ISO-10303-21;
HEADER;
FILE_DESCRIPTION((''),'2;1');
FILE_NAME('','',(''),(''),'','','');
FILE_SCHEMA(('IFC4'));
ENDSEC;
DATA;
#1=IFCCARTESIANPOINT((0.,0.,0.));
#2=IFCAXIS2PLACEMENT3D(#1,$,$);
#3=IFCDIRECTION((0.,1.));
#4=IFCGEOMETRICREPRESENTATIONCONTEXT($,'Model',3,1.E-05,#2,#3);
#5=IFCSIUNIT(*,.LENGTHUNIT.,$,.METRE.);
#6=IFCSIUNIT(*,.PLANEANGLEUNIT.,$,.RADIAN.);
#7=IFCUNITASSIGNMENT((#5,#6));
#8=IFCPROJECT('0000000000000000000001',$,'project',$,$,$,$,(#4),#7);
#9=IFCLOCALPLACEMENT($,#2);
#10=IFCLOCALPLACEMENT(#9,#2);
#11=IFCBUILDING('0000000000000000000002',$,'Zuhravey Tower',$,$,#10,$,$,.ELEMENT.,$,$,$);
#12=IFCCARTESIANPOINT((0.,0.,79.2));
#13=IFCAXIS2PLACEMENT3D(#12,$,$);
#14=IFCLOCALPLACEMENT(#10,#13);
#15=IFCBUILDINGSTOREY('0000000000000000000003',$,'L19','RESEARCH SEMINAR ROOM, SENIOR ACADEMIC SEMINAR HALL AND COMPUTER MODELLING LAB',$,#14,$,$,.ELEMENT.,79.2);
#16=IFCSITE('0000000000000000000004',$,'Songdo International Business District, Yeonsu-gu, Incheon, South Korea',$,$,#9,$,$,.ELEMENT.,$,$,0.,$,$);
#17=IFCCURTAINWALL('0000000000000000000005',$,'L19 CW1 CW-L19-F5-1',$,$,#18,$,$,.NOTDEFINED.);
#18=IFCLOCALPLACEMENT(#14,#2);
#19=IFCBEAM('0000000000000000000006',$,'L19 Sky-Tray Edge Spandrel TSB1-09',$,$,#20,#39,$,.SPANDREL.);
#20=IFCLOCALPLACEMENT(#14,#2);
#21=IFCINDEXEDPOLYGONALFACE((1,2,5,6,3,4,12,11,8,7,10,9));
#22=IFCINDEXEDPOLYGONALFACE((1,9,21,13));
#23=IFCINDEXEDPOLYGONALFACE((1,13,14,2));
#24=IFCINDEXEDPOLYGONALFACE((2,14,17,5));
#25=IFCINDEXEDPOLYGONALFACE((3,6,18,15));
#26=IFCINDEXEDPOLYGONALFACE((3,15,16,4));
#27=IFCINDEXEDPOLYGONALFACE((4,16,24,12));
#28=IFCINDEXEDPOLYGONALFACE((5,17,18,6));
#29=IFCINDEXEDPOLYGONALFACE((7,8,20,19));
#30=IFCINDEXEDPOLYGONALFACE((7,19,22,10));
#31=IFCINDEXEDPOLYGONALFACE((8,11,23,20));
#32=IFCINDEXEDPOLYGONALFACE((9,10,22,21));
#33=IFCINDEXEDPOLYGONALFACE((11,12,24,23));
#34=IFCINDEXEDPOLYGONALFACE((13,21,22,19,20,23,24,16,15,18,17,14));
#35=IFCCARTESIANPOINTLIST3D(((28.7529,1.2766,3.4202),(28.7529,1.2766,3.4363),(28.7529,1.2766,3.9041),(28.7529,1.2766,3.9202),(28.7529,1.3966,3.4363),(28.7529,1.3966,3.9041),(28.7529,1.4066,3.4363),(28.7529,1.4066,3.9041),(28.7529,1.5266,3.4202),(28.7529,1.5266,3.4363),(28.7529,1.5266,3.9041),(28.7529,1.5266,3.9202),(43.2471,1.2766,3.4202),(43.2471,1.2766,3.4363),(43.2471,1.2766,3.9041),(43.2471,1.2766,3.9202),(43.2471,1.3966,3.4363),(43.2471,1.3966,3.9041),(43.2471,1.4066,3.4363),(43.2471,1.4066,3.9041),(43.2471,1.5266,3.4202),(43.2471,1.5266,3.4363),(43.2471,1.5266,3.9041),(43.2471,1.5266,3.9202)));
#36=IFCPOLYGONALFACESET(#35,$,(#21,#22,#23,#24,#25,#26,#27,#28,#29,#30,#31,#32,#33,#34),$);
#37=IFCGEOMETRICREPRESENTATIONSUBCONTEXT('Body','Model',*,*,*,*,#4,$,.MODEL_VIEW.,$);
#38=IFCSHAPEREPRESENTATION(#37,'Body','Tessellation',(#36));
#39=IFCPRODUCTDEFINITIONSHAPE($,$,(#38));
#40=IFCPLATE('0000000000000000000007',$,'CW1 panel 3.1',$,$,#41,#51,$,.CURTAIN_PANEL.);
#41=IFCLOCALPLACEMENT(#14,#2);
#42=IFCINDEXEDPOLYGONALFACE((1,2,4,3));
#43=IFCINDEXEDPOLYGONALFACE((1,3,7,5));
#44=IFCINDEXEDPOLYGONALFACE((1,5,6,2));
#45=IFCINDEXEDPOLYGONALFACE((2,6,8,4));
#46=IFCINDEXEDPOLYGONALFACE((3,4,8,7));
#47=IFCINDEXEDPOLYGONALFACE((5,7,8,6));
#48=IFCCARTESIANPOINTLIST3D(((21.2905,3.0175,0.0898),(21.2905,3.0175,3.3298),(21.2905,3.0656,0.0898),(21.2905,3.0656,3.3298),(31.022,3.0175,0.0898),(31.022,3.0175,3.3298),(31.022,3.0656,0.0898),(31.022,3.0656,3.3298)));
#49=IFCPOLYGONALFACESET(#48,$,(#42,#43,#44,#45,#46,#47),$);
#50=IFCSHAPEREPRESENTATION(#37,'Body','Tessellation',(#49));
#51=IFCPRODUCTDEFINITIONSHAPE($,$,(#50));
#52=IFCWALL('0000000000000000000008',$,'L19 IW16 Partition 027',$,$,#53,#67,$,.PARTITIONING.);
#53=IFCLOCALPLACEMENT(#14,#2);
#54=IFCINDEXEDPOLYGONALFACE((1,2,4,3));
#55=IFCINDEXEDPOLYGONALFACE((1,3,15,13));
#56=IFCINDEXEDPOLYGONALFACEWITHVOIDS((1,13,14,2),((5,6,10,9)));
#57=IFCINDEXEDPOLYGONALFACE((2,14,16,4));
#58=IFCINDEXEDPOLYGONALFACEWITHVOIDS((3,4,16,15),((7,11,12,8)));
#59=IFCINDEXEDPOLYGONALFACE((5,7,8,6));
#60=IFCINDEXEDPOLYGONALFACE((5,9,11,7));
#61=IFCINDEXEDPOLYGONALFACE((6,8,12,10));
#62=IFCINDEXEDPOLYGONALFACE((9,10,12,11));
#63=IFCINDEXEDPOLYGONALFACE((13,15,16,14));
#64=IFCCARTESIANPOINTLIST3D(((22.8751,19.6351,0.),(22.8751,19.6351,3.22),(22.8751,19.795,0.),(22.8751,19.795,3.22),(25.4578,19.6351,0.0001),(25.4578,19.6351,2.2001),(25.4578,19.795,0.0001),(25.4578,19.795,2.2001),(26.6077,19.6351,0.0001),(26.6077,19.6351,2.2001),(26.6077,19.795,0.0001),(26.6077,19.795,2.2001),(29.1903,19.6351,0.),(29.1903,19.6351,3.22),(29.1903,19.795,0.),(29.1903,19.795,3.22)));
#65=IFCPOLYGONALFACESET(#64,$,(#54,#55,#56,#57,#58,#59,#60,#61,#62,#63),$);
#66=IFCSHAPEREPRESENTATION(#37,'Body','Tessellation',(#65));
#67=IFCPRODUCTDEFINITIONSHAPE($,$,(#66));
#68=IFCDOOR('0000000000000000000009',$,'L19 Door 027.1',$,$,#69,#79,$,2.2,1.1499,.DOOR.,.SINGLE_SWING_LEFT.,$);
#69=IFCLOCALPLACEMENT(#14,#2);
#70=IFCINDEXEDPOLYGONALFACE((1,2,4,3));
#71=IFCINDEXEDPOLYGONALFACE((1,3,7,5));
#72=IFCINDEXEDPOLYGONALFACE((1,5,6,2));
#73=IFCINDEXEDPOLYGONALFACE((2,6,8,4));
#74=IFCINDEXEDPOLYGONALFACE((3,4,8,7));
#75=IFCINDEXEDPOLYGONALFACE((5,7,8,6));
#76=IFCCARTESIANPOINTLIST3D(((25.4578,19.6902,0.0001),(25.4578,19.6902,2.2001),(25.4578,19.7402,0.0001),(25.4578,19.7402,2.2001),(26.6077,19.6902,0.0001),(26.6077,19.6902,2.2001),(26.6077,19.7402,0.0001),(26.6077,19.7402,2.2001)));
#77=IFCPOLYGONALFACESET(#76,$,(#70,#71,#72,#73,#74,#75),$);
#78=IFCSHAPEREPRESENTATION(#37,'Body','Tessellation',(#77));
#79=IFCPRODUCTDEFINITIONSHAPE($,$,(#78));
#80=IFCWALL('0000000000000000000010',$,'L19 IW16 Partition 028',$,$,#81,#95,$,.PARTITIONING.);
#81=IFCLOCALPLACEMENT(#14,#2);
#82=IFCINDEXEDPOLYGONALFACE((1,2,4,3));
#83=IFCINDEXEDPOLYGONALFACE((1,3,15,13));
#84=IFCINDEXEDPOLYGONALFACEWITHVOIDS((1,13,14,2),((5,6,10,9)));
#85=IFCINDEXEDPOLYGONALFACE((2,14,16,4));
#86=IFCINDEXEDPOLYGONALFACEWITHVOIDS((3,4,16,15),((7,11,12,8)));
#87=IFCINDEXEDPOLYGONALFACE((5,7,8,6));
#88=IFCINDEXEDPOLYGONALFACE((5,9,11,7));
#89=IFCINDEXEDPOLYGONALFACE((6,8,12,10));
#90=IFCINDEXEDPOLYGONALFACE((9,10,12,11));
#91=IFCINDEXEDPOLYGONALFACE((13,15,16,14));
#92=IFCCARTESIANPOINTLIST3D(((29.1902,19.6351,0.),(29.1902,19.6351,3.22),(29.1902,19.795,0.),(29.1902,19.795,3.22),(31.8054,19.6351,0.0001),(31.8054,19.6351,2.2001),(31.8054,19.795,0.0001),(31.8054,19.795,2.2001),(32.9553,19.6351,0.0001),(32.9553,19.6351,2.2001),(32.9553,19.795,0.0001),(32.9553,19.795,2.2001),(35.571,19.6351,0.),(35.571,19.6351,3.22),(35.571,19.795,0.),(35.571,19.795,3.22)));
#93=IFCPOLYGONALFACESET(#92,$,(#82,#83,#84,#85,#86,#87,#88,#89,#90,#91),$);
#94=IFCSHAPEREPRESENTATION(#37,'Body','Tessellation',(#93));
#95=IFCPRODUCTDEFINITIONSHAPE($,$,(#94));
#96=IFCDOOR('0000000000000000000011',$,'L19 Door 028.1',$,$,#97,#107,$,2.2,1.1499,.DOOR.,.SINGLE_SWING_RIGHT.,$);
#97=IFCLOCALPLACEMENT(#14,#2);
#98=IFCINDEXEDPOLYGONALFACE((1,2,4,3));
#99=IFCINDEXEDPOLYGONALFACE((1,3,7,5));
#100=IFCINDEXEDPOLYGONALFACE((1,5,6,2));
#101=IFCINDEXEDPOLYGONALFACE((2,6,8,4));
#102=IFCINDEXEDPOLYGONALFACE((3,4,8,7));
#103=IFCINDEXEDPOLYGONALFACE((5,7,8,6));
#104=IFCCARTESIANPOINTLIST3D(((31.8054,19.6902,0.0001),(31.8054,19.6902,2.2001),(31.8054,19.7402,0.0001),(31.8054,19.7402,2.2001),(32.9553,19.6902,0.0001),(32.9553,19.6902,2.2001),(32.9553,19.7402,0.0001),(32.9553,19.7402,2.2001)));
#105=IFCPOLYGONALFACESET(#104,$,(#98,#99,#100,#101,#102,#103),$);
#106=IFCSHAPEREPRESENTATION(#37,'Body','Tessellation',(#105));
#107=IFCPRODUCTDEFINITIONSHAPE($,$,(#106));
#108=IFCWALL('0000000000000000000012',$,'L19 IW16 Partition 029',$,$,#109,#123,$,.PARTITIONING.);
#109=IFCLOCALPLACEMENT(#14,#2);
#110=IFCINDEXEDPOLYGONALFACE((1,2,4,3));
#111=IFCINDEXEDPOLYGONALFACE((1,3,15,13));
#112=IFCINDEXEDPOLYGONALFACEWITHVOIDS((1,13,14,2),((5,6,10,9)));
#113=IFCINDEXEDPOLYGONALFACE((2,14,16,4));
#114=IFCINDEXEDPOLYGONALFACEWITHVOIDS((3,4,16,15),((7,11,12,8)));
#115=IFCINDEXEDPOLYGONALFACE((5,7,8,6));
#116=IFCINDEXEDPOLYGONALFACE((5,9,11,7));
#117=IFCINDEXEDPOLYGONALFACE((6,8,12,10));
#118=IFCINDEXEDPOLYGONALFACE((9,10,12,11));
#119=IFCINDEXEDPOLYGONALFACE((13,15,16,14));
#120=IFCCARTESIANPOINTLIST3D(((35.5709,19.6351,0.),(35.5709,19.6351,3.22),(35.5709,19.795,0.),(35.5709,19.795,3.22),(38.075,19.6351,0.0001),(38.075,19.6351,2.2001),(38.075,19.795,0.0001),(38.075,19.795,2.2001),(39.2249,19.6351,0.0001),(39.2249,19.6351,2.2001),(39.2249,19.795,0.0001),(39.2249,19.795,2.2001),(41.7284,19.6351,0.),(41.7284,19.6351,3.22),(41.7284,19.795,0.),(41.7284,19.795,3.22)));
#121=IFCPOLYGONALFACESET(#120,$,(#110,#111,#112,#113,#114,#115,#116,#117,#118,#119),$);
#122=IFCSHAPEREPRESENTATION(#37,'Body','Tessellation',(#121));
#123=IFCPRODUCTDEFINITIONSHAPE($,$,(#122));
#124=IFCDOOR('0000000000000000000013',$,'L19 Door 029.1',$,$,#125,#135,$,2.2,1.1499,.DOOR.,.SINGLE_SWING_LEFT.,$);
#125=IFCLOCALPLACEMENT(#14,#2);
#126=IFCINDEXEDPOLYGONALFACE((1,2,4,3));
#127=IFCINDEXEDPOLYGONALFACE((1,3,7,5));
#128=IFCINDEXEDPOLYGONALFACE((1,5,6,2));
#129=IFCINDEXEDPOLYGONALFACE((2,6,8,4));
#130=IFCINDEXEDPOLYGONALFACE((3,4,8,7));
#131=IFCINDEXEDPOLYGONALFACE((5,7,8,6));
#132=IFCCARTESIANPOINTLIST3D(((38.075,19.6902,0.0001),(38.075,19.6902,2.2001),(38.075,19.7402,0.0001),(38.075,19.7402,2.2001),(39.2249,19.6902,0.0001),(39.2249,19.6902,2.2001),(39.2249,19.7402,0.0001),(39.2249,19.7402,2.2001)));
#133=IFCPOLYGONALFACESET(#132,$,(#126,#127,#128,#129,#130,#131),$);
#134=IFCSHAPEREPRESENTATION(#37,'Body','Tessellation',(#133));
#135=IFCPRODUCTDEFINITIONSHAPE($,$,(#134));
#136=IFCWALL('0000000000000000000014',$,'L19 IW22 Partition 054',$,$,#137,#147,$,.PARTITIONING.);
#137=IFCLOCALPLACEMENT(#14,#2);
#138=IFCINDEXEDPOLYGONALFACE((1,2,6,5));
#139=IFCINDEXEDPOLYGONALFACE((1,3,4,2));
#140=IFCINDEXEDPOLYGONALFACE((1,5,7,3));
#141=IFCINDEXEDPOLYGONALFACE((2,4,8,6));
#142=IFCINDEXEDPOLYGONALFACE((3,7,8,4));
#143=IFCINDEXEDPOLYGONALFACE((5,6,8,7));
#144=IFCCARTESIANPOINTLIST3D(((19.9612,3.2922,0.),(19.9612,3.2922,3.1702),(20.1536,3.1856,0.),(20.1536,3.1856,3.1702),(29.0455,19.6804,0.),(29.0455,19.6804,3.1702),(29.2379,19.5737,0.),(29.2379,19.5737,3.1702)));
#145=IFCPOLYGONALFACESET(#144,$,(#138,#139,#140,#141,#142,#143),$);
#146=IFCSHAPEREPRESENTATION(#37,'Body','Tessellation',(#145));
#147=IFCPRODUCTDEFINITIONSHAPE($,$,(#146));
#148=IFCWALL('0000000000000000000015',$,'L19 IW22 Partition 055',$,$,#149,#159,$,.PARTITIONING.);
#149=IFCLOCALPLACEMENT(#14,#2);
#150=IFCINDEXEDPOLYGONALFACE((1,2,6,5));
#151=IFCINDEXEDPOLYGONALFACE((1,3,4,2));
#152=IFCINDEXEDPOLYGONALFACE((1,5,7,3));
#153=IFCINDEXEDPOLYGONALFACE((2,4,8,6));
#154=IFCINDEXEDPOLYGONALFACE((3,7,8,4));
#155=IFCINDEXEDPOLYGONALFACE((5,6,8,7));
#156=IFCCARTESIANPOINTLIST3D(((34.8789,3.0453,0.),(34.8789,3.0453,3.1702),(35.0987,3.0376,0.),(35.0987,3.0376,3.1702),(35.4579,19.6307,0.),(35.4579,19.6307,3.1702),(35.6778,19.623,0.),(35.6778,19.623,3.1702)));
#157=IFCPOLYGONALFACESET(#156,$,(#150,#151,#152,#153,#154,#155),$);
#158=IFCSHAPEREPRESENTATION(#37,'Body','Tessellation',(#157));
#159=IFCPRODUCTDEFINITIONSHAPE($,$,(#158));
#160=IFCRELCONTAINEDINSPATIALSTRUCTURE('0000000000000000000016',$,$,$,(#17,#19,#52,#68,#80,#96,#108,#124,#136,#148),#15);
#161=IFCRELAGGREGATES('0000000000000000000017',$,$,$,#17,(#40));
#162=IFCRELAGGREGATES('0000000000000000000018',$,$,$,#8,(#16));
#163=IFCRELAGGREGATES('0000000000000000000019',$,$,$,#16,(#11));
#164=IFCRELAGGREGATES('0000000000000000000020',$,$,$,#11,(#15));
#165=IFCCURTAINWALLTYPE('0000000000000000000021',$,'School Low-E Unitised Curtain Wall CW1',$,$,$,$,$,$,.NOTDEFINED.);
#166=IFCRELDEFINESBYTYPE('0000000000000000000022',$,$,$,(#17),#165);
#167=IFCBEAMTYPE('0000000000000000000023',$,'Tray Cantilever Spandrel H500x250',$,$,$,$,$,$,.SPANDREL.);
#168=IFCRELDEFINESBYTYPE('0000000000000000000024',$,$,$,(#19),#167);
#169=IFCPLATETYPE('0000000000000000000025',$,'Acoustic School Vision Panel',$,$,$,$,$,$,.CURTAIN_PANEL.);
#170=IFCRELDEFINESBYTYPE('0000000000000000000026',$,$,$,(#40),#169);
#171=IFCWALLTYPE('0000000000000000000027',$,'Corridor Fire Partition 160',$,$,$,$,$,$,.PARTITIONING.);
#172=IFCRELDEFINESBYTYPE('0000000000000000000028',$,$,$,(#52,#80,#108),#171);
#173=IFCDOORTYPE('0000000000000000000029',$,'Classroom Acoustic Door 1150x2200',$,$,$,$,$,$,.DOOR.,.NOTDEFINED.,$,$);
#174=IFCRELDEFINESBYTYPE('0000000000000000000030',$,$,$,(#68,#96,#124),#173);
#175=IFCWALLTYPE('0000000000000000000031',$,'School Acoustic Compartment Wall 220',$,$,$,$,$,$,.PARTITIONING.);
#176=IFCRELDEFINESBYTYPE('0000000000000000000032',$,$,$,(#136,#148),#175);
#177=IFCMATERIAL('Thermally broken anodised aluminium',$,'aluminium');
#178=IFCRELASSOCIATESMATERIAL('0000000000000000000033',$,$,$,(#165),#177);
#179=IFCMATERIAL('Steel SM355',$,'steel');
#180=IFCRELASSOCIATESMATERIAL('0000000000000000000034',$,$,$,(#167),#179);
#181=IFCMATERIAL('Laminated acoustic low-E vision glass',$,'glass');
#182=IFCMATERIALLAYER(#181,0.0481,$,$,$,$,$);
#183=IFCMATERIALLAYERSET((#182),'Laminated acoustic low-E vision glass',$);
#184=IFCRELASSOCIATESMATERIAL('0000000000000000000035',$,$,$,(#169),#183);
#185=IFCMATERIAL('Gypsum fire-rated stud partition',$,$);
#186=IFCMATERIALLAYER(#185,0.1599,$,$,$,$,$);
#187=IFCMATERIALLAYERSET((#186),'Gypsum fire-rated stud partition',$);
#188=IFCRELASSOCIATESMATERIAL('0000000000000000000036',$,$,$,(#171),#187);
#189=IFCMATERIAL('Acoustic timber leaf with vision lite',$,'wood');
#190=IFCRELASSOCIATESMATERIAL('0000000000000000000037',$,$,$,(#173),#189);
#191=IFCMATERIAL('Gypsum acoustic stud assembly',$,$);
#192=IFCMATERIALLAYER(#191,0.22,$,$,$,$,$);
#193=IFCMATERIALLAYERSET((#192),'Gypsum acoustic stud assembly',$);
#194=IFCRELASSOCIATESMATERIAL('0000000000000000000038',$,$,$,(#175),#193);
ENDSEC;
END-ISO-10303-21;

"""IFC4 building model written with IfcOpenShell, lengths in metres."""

from ifc_helpers import new_model, si_unit, direction, frame, frame_2d, origin, origin_2d, place, context, subcontext, project, spatial, rectangle, i_section, extrude, material, layer, layer_set, material_profile, profile_set, type_object, element, fill, aggregate, save


model = new_model("IFC4")

# Units and contexts
model_context = context("Model", 3, precision=1e-05, world=origin(), true_north=direction((0.0, 1.0)))
body_context = subcontext(model_context, "Body", "Model", "MODEL_VIEW")
ifc_project = project(units=[si_unit("LENGTHUNIT", "METRE"), si_unit("PLANEANGLEUNIT", "RADIAN")], contexts=[model_context])

# Site, building, storey
site_placement = place(None, origin())
site = spatial("IfcSite", under=ifc_project, at=site_placement, Name="Songdo International Business District, Yeonsu-gu, Incheon, South Korea", CompositionType="ELEMENT", RefElevation=0.0)
building_placement = place(site_placement, origin())
building = spatial("IfcBuilding", under=site, at=building_placement, Name="Zuhravey Tower", CompositionType="ELEMENT")
storey_placement = place(building_placement, frame((0.0, 0.0, 79.2)))
storey = spatial("IfcBuildingStorey", under=building, at=storey_placement, Name="L19", Description="RESEARCH SEMINAR ROOM, SENIOR ACADEMIC SEMINAR HALL AND COMPUTER MODELLING LAB", CompositionType="ELEMENT", Elevation=79.2)

# Curtain wall
ifc_material_1 = material(Name="Thermally broken anodised aluminium", Category="aluminium")
curtain_wall_type = type_object("IfcCurtainWallType", Name="School Low-E Unitised Curtain Wall CW1", PredefinedType="NOTDEFINED", material=ifc_material_1)
curtain_wall_placement = place(storey_placement, origin())
curtain_wall = element("IfcCurtainWall", 1, at=curtain_wall_placement, inside=storey, type_object=curtain_wall_type, Name="L19 CW1 CW-L19-F5-1", PredefinedType="NOTDEFINED")

# Beam
ifc_material_2 = material(Name="Steel SM355", Category="steel")
ifc_material_profile_1 = material_profile(ifc_material_2, i_section(OverallWidth=0.25, OverallDepth=0.5, WebThickness=0.01, FlangeThickness=0.0161, at=origin_2d()), Name="H-500x250x10x16")
ifc_profile_set_1 = profile_set([ifc_material_profile_1], Name="Steel SM355")
beam_type_1 = type_object("IfcBeamType", Name="Tray Cantilever Spandrel H500x250", PredefinedType="SPANDREL", material=ifc_profile_set_1)
beam_1_placement = place(storey_placement, frame((28.7529, 1.4016, 3.6702), z_axis=(1.0, 0.0, 0.0), x_axis=(0.0, 1.0, 0.0)))
element("IfcBeam", 2, at=beam_1_placement, inside=storey, type_object=beam_type_1, Name="L19 Sky-Tray Edge Spandrel TSB1-09", PredefinedType="SPANDREL", context=body_context, shape_type="SweptSolid", body=[
    extrude(i_section(OverallWidth=0.25, OverallDepth=0.5, WebThickness=0.01, FlangeThickness=0.0161, at=origin_2d()), origin(), (0.0, 0.0, 1.0), 14.4941),
])

# Plate
ifc_material_3 = material(Name="Laminated acoustic low-E vision glass", Category="glass")
ifc_layer_1 = layer(ifc_material_3, 0.0481)
ifc_layer_set_1 = layer_set([ifc_layer_1], Name="Laminated acoustic low-E vision glass")
plate_type = type_object("IfcPlateType", Name="Acoustic School Vision Panel", PredefinedType="CURTAIN_PANEL", material=ifc_layer_set_1)
plate_placement = place(storey_placement, frame((26.1562, 3.0415, 0.0898), z_axis=(0.0, 0.0, 1.0), x_axis=(-1.0, 0.0, 0.0)))
plate = element("IfcPlate", 3, at=plate_placement, type_object=plate_type, Name="CW1 panel 3.1", PredefinedType="CURTAIN_PANEL", context=body_context, shape_type="SweptSolid", body=[
    extrude(rectangle(XDim=9.7314, YDim=0.0481, at=origin_2d()), origin(), (0.0, 0.0, 1.0), 3.24),
])
aggregate(curtain_wall, [plate])

# Walls, openings, doors
ifc_material_4 = material(Name="Gypsum fire-rated stud partition")
ifc_layer_2 = layer(ifc_material_4, 0.1599)
ifc_layer_set_2 = layer_set([ifc_layer_2], Name="Gypsum fire-rated stud partition")
wall_type_1 = type_object("IfcWallType", Name="Corridor Fire Partition 160", PredefinedType="PARTITIONING", material=ifc_layer_set_2)
wall_1_placement = place(storey_placement, frame((22.875, 19.7151, 0.0), z_axis=(0.0, 0.0, 1.0), x_axis=(1.0, 0.0, 0.0)))
wall_1 = element("IfcWall", 4, at=wall_1_placement, inside=storey, type_object=wall_type_1, Name="L19 IW16 Partition 027", PredefinedType="PARTITIONING", context=body_context, shape_type="SweptSolid", body=[
    extrude(rectangle(XDim=6.3152, YDim=0.1599, at=frame_2d((3.1577, 0.0))), origin(), (0.0, 0.0, 1.0), 3.22),
])
opening_1_placement = place(wall_1_placement, frame((2.5828, 0.0, 0.0)))
opening_1 = element("IfcOpeningElement", 5, at=opening_1_placement, cuts=wall_1, PredefinedType="OPENING", context=body_context, shape_type="SweptSolid", body=[
    extrude(rectangle(XDim=1.1499, YDim=2.2, at=frame_2d((0.575, 1.1001))), frame((0.0, 0.092, 0.0), z_axis=(0.0, -1.0, 0.0), x_axis=(1.0, 0.0, 0.0)), (0.0, 0.0, 1.0), 0.1838),
])
ifc_material_5 = material(Name="Acoustic timber leaf with vision lite", Category="wood")
door_type = type_object("IfcDoorType", Name="Classroom Acoustic Door 1150x2200", OperationType="NOTDEFINED", PredefinedType="DOOR", material=ifc_material_5)
door_1_placement = place(opening_1_placement, frame((1.1499, 0.0, 0.0), z_axis=(0.0, 0.0, 1.0), x_axis=(-1.0, 0.0, 0.0)))
door_1 = element("IfcDoor", 6, at=door_1_placement, inside=storey, type_object=door_type, Name="L19 Door 027.1", OperationType="SINGLE_SWING_LEFT", OverallHeight=2.2, OverallWidth=1.1499, PredefinedType="DOOR", context=body_context, shape_type="SweptSolid", body=[
    extrude(rectangle(XDim=1.1499, YDim=2.2, at=frame_2d((0.575, 1.1001))), frame((0.0, 0.0249, 0.0), z_axis=(0.0, -1.0, 0.0), x_axis=(1.0, 0.0, 0.0)), (0.0, 0.0, 1.0), 0.05),
])
fill(opening_1, door_1)
wall_2_placement = place(storey_placement, frame((29.1902, 19.7151, 0.0), z_axis=(0.0, 0.0, 1.0), x_axis=(1.0, 0.0, 0.0)))
wall_2 = element("IfcWall", 7, at=wall_2_placement, inside=storey, type_object=wall_type_1, Name="L19 IW16 Partition 028", PredefinedType="PARTITIONING", context=body_context, shape_type="SweptSolid", body=[
    extrude(rectangle(XDim=6.3809, YDim=0.1599, at=frame_2d((3.1904, 0.0))), origin(), (0.0, 0.0, 1.0), 3.22),
])
opening_2_placement = place(wall_2_placement, frame((2.6152, 0.0, 0.0)))
opening_2 = element("IfcOpeningElement", 8, at=opening_2_placement, cuts=wall_2, PredefinedType="OPENING", context=body_context, shape_type="SweptSolid", body=[
    extrude(rectangle(XDim=1.1499, YDim=2.2, at=frame_2d((0.575, 1.1001))), frame((0.0, 0.092, 0.0), z_axis=(0.0, -1.0, 0.0), x_axis=(1.0, 0.0, 0.0)), (0.0, 0.0, 1.0), 0.1838),
])
door_2_placement = place(opening_2_placement, frame((1.1499, 0.0, 0.0), z_axis=(0.0, 0.0, 1.0), x_axis=(-1.0, 0.0, 0.0)))
door_2 = element("IfcDoor", 9, at=door_2_placement, inside=storey, type_object=door_type, Name="L19 Door 028.1", OperationType="SINGLE_SWING_RIGHT", OverallHeight=2.2, OverallWidth=1.1499, PredefinedType="DOOR", context=body_context, shape_type="SweptSolid", body=[
    extrude(rectangle(XDim=1.1499, YDim=2.2, at=frame_2d((0.575, 1.1001))), frame((0.0, 0.0249, 0.0), z_axis=(0.0, -1.0, 0.0), x_axis=(1.0, 0.0, 0.0)), (0.0, 0.0, 1.0), 0.05),
])
fill(opening_2, door_2)
wall_3_placement = place(storey_placement, frame((35.571, 19.7151, 0.0), z_axis=(0.0, 0.0, 1.0), x_axis=(1.0, 0.0, 0.0)))
wall_3 = element("IfcWall", 10, at=wall_3_placement, inside=storey, type_object=wall_type_1, Name="L19 IW16 Partition 029", PredefinedType="PARTITIONING", context=body_context, shape_type="SweptSolid", body=[
    extrude(rectangle(XDim=6.1575, YDim=0.1599, at=frame_2d((3.0786, 0.0))), origin(), (0.0, 0.0, 1.0), 3.22),
])
opening_3_placement = place(wall_3_placement, frame((2.5039, 0.0, 0.0)))
opening_3 = element("IfcOpeningElement", 11, at=opening_3_placement, cuts=wall_3, PredefinedType="OPENING", context=body_context, shape_type="SweptSolid", body=[
    extrude(rectangle(XDim=1.1499, YDim=2.2, at=frame_2d((0.575, 1.1001))), frame((0.0, 0.092, 0.0), z_axis=(0.0, -1.0, 0.0), x_axis=(1.0, 0.0, 0.0)), (0.0, 0.0, 1.0), 0.1838),
])
door_3_placement = place(opening_3_placement, frame((1.1499, 0.0, 0.0), z_axis=(0.0, 0.0, 1.0), x_axis=(-1.0, 0.0, 0.0)))
door_3 = element("IfcDoor", 12, at=door_3_placement, inside=storey, type_object=door_type, Name="L19 Door 029.1", OperationType="SINGLE_SWING_LEFT", OverallHeight=2.2, OverallWidth=1.1499, PredefinedType="DOOR", context=body_context, shape_type="SweptSolid", body=[
    extrude(rectangle(XDim=1.1499, YDim=2.2, at=frame_2d((0.575, 1.1001))), frame((0.0, 0.0249, 0.0), z_axis=(0.0, -1.0, 0.0), x_axis=(1.0, 0.0, 0.0)), (0.0, 0.0, 1.0), 0.05),
])
fill(opening_3, door_3)

# Walls
ifc_material_6 = material(Name="Gypsum acoustic stud assembly")
ifc_layer_3 = layer(ifc_material_6, 0.22)
ifc_layer_set_3 = layer_set([ifc_layer_3], Name="Gypsum acoustic stud assembly")
wall_type_2 = type_object("IfcWallType", Name="School Acoustic Compartment Wall 220", PredefinedType="PARTITIONING", material=ifc_layer_set_3)
wall_4_placement = place(storey_placement, frame((29.1416, 19.627, 0.0), z_axis=(0.0, 0.0, 1.0), x_axis=(-0.484814, -0.874617, 0.0)))
element("IfcWall", 13, at=wall_4_placement, inside=storey, type_object=wall_type_2, Name="L19 IW22 Partition 054", PredefinedType="PARTITIONING", context=body_context, shape_type="SweptSolid", body=[
    extrude(rectangle(XDim=18.7375, YDim=0.22, at=frame_2d((9.3687, 0.0))), origin(), (0.0, 0.0, 1.0), 3.1702),
])
wall_5_placement = place(storey_placement, frame((35.5679, 19.627, 0.0), z_axis=(0.0, 0.0, 1.0), x_axis=(-0.034895, -0.999391, 0.0)))
element("IfcWall", 14, at=wall_5_placement, inside=storey, type_object=wall_type_2, Name="L19 IW22 Partition 055", PredefinedType="PARTITIONING", context=body_context, shape_type="SweptSolid", body=[
    extrude(rectangle(XDim=16.5955, YDim=0.22, at=frame_2d((8.2979, 0.0))), origin(), (0.0, 0.0, 1.0), 3.1702),
])

save(model, "model.ifc")
